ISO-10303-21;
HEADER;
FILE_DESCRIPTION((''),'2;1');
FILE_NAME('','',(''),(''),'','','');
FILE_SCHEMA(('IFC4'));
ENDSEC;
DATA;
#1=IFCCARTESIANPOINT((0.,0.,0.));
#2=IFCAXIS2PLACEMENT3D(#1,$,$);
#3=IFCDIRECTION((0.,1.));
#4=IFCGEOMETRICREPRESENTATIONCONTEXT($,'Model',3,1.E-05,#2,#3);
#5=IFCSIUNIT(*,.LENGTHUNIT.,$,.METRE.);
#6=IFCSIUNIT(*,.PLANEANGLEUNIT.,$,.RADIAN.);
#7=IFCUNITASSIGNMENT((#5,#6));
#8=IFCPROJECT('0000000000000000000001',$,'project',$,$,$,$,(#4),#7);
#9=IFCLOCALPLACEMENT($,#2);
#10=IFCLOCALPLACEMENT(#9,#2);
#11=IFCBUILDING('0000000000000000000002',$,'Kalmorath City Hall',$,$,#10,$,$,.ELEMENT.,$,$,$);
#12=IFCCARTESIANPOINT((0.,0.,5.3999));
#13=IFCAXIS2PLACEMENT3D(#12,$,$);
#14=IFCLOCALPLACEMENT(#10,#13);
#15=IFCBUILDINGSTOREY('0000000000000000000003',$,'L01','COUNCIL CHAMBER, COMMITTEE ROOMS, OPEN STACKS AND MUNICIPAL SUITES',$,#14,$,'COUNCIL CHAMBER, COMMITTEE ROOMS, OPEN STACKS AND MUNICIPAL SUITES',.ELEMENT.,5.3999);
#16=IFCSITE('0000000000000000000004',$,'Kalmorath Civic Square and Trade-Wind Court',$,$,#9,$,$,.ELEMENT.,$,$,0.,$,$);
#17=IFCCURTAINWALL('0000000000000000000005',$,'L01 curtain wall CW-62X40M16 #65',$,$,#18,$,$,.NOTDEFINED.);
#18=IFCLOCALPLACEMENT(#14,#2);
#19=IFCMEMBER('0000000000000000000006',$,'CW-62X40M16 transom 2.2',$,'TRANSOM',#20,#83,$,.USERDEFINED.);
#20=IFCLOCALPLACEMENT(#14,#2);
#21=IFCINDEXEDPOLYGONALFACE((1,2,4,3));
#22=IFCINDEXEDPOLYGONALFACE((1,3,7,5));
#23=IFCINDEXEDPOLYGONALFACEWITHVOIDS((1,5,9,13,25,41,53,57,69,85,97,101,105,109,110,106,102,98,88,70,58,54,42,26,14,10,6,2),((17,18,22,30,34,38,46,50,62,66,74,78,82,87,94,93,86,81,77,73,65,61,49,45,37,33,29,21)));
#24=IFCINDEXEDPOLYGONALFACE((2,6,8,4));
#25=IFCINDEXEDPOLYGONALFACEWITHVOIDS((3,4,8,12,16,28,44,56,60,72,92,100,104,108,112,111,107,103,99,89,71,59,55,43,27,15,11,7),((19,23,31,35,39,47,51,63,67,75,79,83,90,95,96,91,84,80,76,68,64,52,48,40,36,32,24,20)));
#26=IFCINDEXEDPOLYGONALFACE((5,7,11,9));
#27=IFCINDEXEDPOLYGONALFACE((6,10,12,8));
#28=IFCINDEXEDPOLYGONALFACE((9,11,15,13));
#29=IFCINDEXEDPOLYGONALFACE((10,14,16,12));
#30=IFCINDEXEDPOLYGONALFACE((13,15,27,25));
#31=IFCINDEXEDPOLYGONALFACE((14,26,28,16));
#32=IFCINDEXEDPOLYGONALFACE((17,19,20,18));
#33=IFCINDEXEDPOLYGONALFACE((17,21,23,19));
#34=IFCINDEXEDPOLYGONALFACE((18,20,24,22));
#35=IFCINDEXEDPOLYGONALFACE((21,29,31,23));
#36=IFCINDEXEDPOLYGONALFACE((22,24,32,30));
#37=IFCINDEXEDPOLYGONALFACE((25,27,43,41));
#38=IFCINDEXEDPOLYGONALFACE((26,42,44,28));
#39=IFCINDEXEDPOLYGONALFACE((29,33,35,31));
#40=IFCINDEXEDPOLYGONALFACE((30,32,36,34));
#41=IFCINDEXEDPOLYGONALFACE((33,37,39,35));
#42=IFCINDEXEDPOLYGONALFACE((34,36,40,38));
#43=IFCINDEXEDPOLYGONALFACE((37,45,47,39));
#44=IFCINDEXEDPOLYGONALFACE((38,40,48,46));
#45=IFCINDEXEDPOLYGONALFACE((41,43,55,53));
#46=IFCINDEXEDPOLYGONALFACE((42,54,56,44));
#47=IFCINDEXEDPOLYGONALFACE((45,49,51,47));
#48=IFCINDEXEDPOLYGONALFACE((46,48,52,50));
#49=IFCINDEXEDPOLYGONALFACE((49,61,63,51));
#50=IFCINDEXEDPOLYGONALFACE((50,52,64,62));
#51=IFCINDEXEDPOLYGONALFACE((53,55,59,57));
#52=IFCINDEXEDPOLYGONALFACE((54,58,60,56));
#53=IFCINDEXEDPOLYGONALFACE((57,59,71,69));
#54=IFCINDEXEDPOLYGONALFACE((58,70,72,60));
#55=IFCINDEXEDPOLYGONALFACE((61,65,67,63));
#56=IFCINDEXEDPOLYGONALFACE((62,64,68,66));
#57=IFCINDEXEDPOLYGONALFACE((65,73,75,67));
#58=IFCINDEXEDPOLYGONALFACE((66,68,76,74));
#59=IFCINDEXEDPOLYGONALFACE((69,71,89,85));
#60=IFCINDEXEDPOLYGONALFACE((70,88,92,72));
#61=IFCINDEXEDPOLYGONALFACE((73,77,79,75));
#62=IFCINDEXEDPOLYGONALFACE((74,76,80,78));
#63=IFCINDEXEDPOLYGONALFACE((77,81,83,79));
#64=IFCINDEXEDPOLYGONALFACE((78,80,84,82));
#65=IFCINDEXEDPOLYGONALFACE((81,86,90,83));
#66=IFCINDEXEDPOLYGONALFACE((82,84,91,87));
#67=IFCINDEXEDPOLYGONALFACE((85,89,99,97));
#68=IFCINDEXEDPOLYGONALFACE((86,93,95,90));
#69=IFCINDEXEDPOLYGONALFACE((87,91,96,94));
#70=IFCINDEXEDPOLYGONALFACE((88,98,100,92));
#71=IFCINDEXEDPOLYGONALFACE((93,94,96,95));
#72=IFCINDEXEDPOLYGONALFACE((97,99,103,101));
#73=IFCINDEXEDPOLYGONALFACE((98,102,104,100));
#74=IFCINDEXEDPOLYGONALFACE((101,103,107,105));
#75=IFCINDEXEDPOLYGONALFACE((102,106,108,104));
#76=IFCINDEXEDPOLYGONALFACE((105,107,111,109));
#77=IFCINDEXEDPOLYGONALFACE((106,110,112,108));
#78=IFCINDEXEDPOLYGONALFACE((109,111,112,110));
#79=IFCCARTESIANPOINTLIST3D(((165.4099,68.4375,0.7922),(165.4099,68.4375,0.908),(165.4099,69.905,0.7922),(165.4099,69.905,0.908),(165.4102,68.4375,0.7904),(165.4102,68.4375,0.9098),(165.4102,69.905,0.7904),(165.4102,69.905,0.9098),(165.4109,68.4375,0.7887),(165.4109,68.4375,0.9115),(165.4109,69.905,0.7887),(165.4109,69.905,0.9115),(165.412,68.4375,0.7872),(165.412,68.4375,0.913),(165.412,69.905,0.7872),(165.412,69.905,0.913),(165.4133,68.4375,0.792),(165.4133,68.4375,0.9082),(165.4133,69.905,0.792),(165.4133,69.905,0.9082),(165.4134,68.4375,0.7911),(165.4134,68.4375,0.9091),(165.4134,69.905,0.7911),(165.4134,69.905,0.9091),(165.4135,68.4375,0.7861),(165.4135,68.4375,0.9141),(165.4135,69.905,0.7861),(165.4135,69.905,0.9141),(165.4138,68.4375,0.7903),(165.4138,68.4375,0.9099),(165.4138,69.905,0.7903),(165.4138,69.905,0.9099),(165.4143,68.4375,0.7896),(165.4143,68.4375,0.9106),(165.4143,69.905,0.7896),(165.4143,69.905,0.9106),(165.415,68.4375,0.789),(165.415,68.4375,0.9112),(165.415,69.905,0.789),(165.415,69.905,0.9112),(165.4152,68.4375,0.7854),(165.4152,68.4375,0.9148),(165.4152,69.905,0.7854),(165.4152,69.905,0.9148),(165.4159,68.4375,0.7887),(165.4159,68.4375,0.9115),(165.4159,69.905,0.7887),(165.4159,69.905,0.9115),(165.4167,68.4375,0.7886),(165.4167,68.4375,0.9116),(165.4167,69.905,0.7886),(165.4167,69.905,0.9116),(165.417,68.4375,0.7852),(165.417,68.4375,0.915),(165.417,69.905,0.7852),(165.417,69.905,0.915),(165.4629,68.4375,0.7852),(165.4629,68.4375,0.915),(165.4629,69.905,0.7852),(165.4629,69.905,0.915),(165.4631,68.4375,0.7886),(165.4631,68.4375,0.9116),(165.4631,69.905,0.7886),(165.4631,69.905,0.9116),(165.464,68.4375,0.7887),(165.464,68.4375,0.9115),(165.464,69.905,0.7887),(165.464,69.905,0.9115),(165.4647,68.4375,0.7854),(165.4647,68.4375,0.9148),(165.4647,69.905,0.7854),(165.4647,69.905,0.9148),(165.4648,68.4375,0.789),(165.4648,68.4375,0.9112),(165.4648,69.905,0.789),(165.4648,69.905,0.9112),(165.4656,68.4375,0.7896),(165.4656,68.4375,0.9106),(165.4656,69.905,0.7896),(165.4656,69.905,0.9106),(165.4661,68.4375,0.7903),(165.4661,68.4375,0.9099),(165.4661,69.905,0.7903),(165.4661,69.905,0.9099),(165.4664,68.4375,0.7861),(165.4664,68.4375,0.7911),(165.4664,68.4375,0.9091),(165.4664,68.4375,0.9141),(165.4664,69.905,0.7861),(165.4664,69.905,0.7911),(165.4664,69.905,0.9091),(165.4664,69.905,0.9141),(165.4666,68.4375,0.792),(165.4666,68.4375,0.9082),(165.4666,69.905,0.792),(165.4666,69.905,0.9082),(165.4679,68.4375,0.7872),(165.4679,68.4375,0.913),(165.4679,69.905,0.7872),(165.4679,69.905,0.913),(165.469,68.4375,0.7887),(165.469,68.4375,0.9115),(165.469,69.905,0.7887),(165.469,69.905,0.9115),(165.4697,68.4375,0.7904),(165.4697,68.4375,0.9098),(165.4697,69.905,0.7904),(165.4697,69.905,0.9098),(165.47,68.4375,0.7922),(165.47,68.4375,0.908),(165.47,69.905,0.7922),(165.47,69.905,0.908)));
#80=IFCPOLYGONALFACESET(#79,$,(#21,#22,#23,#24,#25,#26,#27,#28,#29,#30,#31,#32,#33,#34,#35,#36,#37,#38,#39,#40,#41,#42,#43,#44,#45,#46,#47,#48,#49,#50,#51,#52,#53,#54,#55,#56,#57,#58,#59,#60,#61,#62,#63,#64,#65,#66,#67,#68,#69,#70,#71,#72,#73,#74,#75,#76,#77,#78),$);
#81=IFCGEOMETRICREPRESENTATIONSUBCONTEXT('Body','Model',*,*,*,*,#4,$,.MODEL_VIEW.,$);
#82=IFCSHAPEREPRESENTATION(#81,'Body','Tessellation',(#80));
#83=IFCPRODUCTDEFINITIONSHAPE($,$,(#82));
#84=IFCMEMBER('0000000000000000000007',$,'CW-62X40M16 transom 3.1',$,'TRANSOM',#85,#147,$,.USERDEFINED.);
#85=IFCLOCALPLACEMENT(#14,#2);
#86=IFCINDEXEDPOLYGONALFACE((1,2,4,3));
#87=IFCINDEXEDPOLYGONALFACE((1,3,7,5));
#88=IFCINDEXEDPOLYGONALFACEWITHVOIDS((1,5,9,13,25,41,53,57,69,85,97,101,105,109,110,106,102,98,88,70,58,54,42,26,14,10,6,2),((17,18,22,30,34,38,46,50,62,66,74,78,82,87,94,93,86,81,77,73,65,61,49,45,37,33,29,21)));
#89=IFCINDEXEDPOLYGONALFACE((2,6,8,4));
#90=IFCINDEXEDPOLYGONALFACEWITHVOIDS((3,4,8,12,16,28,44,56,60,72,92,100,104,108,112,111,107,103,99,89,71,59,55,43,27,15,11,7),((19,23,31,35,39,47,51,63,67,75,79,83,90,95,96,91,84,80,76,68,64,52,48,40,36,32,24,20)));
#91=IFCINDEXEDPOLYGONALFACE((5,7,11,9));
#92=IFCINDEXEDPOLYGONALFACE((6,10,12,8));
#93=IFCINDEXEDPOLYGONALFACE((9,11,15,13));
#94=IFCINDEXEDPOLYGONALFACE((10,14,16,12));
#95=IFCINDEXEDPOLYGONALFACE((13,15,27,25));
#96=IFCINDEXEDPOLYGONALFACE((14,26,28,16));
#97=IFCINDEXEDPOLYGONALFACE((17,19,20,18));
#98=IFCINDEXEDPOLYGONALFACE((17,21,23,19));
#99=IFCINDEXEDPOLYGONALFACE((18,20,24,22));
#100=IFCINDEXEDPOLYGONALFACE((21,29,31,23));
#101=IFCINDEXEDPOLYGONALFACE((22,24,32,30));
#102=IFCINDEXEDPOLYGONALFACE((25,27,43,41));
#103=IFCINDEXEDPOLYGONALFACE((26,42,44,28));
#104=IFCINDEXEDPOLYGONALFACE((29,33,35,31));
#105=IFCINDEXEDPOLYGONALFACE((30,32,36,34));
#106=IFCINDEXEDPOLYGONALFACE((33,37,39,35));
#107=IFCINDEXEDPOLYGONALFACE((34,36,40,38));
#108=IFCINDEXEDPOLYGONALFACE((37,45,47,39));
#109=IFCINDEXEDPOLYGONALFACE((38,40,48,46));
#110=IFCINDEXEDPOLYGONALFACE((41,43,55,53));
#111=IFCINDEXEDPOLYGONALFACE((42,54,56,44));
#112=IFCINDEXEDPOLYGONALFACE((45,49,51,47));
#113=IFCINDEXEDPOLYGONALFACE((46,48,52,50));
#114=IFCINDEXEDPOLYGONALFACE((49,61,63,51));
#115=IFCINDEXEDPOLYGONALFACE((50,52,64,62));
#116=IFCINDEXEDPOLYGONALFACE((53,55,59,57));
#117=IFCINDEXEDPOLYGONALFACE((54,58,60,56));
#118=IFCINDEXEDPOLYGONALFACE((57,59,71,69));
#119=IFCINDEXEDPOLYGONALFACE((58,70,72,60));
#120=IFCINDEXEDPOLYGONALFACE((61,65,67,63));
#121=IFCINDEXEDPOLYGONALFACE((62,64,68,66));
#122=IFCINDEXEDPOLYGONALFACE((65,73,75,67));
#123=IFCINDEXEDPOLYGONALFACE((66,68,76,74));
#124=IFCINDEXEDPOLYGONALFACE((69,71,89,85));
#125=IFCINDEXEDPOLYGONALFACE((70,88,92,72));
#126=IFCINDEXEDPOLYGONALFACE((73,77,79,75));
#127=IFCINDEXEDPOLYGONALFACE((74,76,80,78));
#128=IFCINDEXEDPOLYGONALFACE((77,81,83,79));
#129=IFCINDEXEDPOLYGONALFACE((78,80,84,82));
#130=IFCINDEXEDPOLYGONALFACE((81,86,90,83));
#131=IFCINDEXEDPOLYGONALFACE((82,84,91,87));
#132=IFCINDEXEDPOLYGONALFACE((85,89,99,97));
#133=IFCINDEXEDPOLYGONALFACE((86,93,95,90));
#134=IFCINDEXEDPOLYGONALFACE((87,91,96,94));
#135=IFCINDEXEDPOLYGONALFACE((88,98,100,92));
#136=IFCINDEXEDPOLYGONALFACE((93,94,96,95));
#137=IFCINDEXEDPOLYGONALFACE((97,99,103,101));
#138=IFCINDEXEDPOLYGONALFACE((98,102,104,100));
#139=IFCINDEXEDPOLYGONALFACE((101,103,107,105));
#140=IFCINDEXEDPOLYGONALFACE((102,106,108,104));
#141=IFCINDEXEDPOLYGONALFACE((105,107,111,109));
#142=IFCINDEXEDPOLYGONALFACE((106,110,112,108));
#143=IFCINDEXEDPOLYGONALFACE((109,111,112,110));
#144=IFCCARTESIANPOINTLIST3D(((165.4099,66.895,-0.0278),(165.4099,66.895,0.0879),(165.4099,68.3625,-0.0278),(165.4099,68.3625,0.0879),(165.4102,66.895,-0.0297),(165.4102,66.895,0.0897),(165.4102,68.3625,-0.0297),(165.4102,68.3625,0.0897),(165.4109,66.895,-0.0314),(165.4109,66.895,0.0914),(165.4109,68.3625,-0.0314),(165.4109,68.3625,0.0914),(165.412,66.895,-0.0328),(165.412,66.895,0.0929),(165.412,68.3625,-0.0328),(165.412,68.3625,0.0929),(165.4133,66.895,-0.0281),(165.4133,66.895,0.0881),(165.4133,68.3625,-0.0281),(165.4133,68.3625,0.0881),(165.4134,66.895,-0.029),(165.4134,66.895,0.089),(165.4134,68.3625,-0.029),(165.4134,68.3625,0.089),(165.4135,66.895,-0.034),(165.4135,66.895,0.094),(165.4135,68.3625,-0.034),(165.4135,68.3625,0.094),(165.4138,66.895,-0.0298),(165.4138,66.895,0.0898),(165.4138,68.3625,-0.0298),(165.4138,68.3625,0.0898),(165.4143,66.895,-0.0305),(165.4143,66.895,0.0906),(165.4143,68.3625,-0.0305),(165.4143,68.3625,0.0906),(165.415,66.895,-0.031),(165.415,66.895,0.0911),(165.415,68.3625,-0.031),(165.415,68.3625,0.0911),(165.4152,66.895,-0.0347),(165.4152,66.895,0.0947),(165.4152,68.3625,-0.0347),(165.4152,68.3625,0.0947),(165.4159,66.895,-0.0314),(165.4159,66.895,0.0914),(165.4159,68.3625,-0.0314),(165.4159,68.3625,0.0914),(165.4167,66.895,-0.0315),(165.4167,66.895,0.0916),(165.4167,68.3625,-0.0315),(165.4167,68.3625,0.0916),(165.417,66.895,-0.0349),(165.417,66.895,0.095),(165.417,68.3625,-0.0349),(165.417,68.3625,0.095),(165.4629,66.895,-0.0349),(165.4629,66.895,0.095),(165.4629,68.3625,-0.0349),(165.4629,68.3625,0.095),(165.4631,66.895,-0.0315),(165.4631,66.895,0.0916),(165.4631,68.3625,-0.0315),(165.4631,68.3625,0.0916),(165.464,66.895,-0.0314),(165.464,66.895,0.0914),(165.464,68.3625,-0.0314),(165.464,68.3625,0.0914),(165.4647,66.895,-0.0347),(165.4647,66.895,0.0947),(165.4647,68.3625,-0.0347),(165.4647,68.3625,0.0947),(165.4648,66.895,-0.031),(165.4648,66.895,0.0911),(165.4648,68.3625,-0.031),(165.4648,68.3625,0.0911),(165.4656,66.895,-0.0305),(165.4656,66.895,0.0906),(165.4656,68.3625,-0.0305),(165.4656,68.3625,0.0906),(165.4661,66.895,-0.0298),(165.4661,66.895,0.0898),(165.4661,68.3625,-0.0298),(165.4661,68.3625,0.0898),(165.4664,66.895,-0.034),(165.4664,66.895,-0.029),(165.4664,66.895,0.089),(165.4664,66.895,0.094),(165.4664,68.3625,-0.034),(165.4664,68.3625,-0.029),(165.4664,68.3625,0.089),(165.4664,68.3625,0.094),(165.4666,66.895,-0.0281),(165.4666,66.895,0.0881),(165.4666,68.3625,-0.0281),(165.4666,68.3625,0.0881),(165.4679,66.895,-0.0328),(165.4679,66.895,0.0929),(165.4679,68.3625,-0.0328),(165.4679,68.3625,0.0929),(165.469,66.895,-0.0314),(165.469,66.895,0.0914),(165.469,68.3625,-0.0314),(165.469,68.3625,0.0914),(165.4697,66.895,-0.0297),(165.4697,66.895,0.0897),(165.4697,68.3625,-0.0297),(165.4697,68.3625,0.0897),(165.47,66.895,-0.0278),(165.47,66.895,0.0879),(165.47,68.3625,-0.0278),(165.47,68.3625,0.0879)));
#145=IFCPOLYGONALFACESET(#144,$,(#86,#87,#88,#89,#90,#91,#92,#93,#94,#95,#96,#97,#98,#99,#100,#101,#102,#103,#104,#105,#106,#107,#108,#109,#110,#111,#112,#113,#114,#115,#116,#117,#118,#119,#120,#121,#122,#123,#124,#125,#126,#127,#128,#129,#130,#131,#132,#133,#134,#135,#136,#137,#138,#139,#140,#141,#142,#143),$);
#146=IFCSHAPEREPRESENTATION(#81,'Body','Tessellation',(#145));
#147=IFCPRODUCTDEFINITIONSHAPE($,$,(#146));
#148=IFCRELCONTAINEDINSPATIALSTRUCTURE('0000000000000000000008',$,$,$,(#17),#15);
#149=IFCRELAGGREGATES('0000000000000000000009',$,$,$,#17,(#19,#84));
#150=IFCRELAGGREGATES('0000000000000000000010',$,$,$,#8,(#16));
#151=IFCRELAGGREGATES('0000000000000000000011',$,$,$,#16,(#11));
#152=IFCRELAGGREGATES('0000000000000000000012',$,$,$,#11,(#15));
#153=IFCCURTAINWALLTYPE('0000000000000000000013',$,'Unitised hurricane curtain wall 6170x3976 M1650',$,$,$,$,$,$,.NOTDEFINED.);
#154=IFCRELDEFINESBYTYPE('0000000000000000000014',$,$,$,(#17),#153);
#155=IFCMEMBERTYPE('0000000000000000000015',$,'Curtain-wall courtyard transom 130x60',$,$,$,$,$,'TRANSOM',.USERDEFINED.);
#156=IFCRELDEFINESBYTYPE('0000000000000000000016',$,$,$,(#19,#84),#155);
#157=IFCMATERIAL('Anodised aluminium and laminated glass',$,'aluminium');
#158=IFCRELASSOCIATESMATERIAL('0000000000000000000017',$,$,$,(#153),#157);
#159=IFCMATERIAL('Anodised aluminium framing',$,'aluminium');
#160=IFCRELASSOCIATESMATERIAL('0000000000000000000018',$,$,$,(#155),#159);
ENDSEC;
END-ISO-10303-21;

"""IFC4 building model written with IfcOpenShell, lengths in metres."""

from ifc_helpers import new_model, si_unit, direction, frame, origin, origin_2d, place, context, subcontext, project, spatial, hollow_rectangle, extrude, material, material_profile, profile_set, type_object, element, aggregate, save


model = new_model("IFC4")

# Units and contexts
model_context = context("Model", 3, precision=1e-05, world=origin(), true_north=direction((0.0, 1.0)))
body_context = subcontext(model_context, "Body", "Model", "MODEL_VIEW")
ifc_project = project(units=[si_unit("LENGTHUNIT", "METRE"), si_unit("PLANEANGLEUNIT", "RADIAN")], contexts=[model_context])

# Site, building, storey
site_placement = place(None, origin())
site = spatial("IfcSite", under=ifc_project, at=site_placement, Name="Kalmorath Civic Square and Trade-Wind Court", CompositionType="ELEMENT", RefElevation=0.0)
building_placement = place(site_placement, origin())
building = spatial("IfcBuilding", under=site, at=building_placement, Name="Kalmorath City Hall", CompositionType="ELEMENT")
storey_placement = place(building_placement, frame((0.0, 0.0, 5.3999)))
storey = spatial("IfcBuildingStorey", under=building, at=storey_placement, Name="L01", Description="COUNCIL CHAMBER, COMMITTEE ROOMS, OPEN STACKS AND MUNICIPAL SUITES", LongName="COUNCIL CHAMBER, COMMITTEE ROOMS, OPEN STACKS AND MUNICIPAL SUITES", CompositionType="ELEMENT", Elevation=5.3999)

# Curtain wall, members
ifc_material_1 = material(Name="Anodised aluminium and laminated glass", Category="aluminium")
curtain_wall_type = type_object("IfcCurtainWallType", Name="Unitised hurricane curtain wall 6170x3976 M1650", PredefinedType="NOTDEFINED", material=ifc_material_1)
curtain_wall_placement = place(storey_placement, origin())
curtain_wall = element("IfcCurtainWall", 1, at=curtain_wall_placement, inside=storey, type_object=curtain_wall_type, Name="L01 curtain wall CW-62X40M16 #65", PredefinedType="NOTDEFINED")
ifc_material_2 = material(Name="Anodised aluminium framing", Category="aluminium")
ifc_material_profile_1 = material_profile(ifc_material_2, hollow_rectangle(XDim=0.0601, YDim=0.1299, WallThickness=0.0034, InnerFilletRadius=0.0034, OuterFilletRadius=0.0071, at=origin_2d()), Name="ALU-TRN-130X60X3.5")
ifc_profile_set_1 = profile_set([ifc_material_profile_1], Name="Anodised aluminium framing")
member_type_1 = type_object("IfcMemberType", Name="Curtain-wall courtyard transom 130x60", ElementType="TRANSOM", PredefinedType="USERDEFINED", material=ifc_profile_set_1)
member_1_placement = place(storey_placement, frame((165.4399, 69.905, 0.8501), z_axis=(0.0, -1.0, 0.0), x_axis=(1.0, 0.0, 0.0)))
member_1 = element("IfcMember", 2, at=member_1_placement, type_object=member_type_1, Name="CW-62X40M16 transom 2.2", ObjectType="TRANSOM", PredefinedType="USERDEFINED", context=body_context, shape_type="SweptSolid", body=[
    extrude(hollow_rectangle(XDim=0.0601, YDim=0.1299, WallThickness=0.0034, InnerFilletRadius=0.0034, OuterFilletRadius=0.0071, at=origin_2d()), origin(), (0.0, 0.0, 1.0), 1.4675),
])
member_2_placement = place(storey_placement, frame((165.4399, 68.3625, 0.03), z_axis=(0.0, -1.0, 0.0), x_axis=(1.0, 0.0, 0.0)))
member_2 = element("IfcMember", 3, at=member_2_placement, type_object=member_type_1, Name="CW-62X40M16 transom 3.1", ObjectType="TRANSOM", PredefinedType="USERDEFINED", context=body_context, shape_type="SweptSolid", body=[
    extrude(hollow_rectangle(XDim=0.0601, YDim=0.1299, WallThickness=0.0034, InnerFilletRadius=0.0034, OuterFilletRadius=0.0071, at=origin_2d()), origin(), (0.0, 0.0, 1.0), 1.4675),
])
aggregate(curtain_wall, [member_1, member_2])

save(model, "model.ifc")
